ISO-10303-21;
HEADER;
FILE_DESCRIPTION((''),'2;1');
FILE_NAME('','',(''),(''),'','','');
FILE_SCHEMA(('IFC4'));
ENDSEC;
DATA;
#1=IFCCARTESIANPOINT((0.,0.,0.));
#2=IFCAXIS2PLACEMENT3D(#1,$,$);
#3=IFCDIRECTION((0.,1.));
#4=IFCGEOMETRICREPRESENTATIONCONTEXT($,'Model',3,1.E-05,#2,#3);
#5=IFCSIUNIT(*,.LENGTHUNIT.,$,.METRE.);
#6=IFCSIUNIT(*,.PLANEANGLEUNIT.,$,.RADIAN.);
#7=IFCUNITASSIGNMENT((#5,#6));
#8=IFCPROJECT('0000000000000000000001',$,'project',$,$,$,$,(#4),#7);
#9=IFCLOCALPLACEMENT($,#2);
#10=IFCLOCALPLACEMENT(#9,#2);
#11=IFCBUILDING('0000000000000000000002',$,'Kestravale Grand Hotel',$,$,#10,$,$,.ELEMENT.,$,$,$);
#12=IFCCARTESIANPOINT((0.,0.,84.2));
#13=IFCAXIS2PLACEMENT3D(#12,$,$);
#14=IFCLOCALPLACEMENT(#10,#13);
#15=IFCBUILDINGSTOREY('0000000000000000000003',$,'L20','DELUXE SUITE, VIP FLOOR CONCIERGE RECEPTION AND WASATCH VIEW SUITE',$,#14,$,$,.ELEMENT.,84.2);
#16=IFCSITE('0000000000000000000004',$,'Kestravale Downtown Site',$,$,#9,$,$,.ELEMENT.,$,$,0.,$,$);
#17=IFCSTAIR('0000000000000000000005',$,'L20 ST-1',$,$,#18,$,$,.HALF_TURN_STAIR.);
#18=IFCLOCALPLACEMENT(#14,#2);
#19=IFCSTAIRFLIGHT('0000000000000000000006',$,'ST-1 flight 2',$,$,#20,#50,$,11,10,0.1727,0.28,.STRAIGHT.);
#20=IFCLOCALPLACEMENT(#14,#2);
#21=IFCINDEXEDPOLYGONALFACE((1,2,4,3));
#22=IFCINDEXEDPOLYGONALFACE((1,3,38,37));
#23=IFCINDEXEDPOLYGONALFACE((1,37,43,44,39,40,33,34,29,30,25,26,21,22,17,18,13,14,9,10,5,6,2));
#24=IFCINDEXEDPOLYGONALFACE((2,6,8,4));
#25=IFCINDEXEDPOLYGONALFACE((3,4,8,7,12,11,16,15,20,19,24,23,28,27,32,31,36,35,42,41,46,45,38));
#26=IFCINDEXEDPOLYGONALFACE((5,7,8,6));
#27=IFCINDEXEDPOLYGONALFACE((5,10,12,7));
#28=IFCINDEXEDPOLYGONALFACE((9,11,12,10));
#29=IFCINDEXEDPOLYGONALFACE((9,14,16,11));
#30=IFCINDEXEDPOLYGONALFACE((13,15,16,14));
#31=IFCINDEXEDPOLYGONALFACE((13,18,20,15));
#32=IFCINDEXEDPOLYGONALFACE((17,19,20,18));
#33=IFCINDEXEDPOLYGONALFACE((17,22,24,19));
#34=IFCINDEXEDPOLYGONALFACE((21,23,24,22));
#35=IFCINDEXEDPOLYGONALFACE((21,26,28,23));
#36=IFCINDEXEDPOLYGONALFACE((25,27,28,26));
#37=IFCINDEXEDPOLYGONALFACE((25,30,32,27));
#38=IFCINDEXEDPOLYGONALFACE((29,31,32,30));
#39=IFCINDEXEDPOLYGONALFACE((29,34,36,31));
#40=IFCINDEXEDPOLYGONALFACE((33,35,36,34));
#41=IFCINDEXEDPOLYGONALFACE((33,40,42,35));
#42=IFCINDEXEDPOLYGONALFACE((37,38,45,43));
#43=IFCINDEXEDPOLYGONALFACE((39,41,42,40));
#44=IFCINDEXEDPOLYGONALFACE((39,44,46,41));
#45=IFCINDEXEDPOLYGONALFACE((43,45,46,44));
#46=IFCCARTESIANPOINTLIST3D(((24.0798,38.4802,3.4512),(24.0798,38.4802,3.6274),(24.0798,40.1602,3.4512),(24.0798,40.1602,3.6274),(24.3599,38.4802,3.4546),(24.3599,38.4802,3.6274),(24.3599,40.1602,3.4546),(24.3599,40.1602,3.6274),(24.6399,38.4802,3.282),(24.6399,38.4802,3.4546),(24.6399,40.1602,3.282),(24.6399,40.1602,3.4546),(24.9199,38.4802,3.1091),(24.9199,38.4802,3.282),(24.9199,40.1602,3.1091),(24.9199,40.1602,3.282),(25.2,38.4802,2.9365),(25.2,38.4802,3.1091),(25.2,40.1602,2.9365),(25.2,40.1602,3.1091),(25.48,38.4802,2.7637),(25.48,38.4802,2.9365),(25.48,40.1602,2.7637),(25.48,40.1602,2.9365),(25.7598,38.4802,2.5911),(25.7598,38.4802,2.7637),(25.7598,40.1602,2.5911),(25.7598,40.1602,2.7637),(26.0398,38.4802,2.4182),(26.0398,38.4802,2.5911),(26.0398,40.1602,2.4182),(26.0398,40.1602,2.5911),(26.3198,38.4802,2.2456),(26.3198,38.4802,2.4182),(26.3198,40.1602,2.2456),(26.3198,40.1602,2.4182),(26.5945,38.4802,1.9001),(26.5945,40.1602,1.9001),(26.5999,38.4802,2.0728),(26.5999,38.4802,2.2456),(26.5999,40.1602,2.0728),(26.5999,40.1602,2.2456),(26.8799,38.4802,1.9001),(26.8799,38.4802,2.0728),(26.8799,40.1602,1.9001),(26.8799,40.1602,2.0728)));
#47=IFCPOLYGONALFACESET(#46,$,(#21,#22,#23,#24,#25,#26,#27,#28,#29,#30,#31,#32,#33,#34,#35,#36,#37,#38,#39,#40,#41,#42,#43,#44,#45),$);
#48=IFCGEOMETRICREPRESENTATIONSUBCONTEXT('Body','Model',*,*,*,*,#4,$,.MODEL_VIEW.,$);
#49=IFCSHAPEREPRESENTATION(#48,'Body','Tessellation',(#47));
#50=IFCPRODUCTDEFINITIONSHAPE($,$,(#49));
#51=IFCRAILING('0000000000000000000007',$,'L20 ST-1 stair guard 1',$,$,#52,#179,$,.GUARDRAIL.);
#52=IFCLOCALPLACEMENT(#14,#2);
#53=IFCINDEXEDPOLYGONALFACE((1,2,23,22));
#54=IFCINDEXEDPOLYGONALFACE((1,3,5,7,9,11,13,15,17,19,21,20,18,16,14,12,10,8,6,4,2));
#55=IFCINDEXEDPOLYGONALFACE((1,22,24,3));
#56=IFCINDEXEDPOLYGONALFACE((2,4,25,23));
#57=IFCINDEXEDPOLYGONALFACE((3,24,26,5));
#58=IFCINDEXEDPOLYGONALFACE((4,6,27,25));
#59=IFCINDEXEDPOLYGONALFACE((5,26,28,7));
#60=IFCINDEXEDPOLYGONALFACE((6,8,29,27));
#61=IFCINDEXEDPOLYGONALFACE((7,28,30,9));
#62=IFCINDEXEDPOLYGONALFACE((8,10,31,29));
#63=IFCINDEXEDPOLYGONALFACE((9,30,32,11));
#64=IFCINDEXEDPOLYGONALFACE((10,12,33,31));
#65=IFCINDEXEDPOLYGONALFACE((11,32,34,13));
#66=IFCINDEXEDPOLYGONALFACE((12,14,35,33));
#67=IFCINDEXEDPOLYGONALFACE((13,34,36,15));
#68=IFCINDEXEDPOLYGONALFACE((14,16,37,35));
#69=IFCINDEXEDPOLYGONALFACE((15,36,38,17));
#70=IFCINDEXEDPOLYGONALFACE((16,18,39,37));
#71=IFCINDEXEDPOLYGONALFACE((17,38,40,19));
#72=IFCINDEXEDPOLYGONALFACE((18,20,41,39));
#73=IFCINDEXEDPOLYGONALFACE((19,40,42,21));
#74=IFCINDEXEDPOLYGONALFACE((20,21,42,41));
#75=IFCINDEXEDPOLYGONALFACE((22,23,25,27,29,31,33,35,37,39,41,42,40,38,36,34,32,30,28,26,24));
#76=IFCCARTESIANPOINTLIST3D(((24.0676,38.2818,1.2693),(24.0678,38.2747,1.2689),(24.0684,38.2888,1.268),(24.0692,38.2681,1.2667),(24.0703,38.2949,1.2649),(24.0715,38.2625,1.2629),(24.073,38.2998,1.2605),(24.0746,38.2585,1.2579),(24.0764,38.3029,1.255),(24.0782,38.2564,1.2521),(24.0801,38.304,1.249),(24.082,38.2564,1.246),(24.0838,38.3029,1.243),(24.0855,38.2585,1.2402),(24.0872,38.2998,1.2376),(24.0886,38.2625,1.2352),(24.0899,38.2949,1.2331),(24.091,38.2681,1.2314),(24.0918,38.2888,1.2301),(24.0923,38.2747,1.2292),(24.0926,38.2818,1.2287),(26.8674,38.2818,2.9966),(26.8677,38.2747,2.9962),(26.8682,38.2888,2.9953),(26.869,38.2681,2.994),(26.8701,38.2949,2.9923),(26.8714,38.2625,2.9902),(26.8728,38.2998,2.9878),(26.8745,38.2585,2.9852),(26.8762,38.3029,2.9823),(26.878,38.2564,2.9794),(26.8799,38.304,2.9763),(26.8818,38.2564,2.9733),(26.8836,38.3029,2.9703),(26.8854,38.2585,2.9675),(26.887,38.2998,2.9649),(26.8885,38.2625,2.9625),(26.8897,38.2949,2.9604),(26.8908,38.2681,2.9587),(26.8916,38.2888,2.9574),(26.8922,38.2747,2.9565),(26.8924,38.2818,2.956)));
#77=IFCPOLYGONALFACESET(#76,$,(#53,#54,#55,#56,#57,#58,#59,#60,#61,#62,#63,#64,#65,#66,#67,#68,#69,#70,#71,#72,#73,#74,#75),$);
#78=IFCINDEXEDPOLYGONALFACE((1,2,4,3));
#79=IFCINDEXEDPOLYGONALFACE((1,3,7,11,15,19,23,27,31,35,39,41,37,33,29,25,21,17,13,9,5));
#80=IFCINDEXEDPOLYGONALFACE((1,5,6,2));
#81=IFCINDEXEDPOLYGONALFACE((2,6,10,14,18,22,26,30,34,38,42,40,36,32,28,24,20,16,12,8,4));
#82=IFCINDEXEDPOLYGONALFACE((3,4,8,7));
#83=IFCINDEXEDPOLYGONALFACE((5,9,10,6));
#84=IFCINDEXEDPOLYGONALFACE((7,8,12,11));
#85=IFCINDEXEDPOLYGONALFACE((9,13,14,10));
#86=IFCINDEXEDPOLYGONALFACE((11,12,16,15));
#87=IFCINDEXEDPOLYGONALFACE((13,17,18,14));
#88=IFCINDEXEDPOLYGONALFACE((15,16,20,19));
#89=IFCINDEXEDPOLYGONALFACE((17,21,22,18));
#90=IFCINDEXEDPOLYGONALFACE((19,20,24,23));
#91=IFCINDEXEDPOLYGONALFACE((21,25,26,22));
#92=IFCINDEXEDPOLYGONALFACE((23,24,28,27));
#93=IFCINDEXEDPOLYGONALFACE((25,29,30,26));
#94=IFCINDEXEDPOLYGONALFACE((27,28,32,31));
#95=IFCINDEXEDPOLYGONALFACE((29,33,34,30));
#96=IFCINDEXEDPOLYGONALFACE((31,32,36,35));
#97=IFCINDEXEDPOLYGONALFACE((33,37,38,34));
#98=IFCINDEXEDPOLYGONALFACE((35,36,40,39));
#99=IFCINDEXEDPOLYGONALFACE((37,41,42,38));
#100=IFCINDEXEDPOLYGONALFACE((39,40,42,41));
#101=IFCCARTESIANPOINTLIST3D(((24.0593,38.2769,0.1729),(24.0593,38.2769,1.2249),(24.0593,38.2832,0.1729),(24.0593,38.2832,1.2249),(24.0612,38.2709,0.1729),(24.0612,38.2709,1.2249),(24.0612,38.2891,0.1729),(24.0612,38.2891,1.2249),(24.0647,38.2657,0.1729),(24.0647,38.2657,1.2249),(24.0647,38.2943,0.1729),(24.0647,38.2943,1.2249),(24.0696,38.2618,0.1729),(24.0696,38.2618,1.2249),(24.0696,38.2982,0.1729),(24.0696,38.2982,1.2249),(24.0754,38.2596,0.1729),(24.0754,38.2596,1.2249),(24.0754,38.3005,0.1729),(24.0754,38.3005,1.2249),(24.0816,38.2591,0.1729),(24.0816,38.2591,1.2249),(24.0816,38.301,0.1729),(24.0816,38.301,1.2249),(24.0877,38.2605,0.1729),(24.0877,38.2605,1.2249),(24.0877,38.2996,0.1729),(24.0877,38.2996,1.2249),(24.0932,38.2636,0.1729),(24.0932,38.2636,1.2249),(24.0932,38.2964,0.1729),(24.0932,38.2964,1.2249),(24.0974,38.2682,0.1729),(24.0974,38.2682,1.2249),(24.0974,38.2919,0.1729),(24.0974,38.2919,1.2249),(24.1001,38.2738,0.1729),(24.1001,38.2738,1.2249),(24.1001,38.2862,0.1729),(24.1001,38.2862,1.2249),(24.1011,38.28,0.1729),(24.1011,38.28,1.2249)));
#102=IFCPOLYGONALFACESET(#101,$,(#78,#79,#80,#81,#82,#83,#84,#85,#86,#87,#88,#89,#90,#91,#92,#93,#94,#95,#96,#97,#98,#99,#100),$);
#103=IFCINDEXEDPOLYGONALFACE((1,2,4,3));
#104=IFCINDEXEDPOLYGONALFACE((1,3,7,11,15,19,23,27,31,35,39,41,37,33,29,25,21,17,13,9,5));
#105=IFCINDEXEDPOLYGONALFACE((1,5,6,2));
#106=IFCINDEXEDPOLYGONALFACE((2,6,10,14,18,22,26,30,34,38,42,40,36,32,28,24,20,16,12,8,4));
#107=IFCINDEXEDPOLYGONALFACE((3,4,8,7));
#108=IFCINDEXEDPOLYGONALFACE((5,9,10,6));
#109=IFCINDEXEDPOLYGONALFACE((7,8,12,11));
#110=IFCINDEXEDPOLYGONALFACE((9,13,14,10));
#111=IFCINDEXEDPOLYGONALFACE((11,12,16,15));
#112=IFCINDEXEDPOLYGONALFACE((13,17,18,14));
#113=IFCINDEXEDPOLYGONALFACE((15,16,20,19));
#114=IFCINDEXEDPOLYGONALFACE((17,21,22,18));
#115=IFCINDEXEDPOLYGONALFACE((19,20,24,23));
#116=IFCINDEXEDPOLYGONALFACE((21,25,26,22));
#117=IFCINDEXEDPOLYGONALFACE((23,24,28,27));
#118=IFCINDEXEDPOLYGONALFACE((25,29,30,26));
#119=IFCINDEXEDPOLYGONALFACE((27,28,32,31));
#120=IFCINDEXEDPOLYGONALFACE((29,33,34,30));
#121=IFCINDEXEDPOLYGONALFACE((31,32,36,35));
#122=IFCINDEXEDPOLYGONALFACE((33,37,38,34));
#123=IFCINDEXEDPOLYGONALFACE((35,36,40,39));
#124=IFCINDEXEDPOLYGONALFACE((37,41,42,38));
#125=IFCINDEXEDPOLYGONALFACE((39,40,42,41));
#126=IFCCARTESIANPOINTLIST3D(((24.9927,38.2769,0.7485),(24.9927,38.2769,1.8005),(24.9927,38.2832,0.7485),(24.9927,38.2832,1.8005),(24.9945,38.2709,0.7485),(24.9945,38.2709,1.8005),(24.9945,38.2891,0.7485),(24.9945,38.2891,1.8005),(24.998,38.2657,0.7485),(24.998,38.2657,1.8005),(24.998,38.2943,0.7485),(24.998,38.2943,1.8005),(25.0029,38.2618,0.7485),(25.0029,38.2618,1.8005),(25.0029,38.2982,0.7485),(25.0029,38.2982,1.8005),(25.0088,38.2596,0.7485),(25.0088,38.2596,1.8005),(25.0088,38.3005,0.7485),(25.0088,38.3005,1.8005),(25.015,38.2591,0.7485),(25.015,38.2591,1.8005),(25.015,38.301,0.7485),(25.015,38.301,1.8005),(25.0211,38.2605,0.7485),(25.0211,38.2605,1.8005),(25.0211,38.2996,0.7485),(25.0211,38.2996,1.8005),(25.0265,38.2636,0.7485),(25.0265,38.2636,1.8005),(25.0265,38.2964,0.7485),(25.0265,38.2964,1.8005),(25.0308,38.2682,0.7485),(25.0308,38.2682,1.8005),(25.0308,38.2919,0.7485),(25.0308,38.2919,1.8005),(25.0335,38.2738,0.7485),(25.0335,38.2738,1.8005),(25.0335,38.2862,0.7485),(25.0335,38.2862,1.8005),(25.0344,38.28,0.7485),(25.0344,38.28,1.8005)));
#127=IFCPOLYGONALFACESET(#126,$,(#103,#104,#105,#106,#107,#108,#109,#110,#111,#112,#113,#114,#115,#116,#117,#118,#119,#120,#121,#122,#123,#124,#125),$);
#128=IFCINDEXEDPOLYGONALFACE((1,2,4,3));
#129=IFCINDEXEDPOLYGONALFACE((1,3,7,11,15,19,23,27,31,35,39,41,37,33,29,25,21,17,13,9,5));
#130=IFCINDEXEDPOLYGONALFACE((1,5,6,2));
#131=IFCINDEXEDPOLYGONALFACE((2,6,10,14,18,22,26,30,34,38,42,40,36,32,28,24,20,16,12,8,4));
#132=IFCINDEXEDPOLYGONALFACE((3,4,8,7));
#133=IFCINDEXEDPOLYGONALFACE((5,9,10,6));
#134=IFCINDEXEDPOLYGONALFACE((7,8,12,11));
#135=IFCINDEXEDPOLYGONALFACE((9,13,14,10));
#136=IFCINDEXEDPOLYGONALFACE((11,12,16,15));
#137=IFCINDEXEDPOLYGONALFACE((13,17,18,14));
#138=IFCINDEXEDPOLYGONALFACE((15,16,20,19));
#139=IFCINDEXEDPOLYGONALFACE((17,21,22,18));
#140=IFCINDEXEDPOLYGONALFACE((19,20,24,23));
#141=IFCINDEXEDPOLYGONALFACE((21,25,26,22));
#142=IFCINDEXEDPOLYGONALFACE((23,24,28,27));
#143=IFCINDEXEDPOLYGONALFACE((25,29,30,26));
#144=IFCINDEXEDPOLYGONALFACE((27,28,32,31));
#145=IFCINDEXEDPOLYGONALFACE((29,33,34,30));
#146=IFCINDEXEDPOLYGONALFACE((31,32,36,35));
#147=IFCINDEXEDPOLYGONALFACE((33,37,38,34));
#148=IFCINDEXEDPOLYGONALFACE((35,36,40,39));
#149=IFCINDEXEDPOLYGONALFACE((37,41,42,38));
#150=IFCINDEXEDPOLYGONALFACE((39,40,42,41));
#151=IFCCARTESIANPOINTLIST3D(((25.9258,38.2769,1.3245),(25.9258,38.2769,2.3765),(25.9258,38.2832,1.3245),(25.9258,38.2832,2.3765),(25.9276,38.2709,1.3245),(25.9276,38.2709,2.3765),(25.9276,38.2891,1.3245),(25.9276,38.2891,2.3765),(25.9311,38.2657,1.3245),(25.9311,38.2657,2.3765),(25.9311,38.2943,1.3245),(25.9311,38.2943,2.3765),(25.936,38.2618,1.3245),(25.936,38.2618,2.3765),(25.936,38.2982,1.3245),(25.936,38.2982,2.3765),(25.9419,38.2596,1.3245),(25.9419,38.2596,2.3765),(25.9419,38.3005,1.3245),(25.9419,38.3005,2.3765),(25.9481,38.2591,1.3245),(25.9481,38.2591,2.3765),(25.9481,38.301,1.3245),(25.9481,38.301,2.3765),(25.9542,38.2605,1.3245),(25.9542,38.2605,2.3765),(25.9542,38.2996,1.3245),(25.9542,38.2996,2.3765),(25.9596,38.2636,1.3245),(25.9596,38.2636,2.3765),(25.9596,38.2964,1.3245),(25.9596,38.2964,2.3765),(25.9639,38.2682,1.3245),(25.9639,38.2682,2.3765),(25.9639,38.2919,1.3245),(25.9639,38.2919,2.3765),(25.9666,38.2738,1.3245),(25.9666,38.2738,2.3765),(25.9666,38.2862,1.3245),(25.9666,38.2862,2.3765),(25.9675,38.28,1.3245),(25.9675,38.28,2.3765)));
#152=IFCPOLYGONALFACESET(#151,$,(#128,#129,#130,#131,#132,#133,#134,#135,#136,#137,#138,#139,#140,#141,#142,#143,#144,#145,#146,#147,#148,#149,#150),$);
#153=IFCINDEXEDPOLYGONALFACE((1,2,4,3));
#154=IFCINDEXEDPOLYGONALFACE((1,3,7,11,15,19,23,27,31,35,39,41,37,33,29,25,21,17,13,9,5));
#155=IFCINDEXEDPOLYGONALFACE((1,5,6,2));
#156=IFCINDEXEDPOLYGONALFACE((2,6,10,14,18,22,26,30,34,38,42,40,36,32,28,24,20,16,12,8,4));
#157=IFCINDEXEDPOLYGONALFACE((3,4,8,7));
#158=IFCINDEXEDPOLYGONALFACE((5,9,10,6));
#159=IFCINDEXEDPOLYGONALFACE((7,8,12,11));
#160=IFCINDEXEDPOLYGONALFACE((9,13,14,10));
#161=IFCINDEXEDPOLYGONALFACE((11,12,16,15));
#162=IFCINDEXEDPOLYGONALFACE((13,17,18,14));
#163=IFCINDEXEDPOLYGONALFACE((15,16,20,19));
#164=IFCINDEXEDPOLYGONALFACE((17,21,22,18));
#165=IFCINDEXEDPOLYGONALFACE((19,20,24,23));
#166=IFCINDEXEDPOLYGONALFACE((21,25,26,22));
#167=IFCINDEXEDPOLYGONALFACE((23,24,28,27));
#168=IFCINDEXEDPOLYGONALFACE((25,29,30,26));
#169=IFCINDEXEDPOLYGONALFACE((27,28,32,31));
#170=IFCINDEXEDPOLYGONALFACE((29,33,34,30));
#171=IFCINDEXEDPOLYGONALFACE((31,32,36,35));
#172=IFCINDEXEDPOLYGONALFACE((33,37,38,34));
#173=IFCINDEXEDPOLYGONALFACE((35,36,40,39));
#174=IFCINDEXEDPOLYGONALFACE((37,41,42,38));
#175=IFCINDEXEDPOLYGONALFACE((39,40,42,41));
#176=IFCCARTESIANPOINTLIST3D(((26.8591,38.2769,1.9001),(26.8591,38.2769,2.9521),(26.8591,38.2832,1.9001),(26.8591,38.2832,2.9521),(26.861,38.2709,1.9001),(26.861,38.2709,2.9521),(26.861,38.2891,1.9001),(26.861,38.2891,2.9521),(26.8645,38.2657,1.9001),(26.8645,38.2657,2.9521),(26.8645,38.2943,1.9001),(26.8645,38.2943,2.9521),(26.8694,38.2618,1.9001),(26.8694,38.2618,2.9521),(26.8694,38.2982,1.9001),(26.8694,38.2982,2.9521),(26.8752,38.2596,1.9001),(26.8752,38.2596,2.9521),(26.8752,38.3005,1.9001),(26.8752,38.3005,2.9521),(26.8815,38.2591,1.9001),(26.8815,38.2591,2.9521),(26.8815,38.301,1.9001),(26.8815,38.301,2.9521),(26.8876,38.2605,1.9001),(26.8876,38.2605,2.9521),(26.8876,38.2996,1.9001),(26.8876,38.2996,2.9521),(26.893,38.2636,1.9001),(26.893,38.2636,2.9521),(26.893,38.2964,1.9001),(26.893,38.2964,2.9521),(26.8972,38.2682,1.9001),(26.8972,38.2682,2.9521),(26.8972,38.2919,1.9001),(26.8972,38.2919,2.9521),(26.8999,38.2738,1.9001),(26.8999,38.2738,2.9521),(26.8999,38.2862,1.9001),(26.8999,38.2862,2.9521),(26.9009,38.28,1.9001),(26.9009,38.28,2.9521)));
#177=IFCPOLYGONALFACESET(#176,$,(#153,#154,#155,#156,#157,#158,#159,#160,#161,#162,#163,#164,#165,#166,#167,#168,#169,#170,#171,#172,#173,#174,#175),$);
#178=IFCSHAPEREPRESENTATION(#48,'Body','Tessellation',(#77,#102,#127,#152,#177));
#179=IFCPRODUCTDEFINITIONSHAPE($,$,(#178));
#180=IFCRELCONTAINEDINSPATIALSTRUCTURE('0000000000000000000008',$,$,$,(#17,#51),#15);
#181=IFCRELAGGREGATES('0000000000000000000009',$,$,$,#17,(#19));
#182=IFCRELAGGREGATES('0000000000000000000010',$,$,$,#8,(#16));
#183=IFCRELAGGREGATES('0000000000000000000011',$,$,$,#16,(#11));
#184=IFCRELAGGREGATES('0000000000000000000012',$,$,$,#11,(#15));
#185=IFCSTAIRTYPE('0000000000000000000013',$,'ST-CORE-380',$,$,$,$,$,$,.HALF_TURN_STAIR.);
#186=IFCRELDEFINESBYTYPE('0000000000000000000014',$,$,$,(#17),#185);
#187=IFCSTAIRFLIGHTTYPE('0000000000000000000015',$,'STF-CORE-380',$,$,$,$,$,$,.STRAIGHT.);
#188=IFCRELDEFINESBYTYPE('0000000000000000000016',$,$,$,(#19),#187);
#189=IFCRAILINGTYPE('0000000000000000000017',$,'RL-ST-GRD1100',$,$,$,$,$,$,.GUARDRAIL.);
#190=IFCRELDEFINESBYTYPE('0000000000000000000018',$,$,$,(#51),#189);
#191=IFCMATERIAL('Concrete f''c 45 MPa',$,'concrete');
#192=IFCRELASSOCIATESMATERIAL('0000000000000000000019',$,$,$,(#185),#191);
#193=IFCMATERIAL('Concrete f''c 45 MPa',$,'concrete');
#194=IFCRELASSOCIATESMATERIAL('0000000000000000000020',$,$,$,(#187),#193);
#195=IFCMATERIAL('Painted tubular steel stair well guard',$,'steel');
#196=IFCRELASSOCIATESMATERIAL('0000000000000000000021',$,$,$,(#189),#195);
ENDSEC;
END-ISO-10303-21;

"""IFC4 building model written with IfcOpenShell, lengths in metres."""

from ifc_helpers import new_model, si_unit, direction, frame, origin, origin_2d, place, context, subcontext, project, spatial, polyline, circle, outline, extrude, material, type_object, element, aggregate, save


model = new_model("IFC4")

# Units and contexts
model_context = context("Model", 3, precision=1e-05, world=origin(), true_north=direction((0.0, 1.0)))
body_context = subcontext(model_context, "Body", "Model", "MODEL_VIEW")
ifc_project = project(units=[si_unit("LENGTHUNIT", "METRE"), si_unit("PLANEANGLEUNIT", "RADIAN")], contexts=[model_context])

# Site, building, storey
site_placement = place(None, origin())
site = spatial("IfcSite", under=ifc_project, at=site_placement, Name="Kestravale Downtown Site", CompositionType="ELEMENT", RefElevation=0.0)
building_placement = place(site_placement, origin())
building = spatial("IfcBuilding", under=site, at=building_placement, Name="Kestravale Grand Hotel", CompositionType="ELEMENT")
storey_placement = place(building_placement, frame((0.0, 0.0, 84.2)))
storey = spatial("IfcBuildingStorey", under=building, at=storey_placement, Name="L20", Description="DELUXE SUITE, VIP FLOOR CONCIERGE RECEPTION AND WASATCH VIEW SUITE", CompositionType="ELEMENT", Elevation=84.2)

# Stair, stair flight
ifc_material_1 = material(Name="Concrete f'c 45 MPa", Category="concrete")
stair_type = type_object("IfcStairType", Name="ST-CORE-380", PredefinedType="HALF_TURN_STAIR", material=ifc_material_1)
stair_placement = place(storey_placement, origin())
stair = element("IfcStair", 1, at=stair_placement, inside=storey, type_object=stair_type, Name="L20 ST-1", PredefinedType="HALF_TURN_STAIR")
ifc_material_2 = material(Name="Concrete f'c 45 MPa", Category="concrete")
stair_flight_type = type_object("IfcStairFlightType", Name="STF-CORE-380", PredefinedType="STRAIGHT", material=ifc_material_2)
stair_flight_1_placement = place(storey_placement, frame((26.8799, 39.3201, 1.9001), z_axis=(0.0, 0.0, 1.0), x_axis=(-1.0, 0.0, 0.0)))
stair_flight_1 = element("IfcStairFlight", 2, at=stair_flight_1_placement, type_object=stair_flight_type, Name="ST-1 flight 2", NumberOfRisers=11, NumberOfTreads=10, PredefinedType="STRAIGHT", RiserHeight=0.1727, TreadLength=0.28, context=body_context, shape_type="SweptSolid", body=[
    extrude(outline(polyline([(0.0, 0.0), (0.0, 0.1726), (0.28, 0.1726), (0.28, 0.3455), (0.5601, 0.3455), (0.5601, 0.5181), (0.8401, 0.5181), (0.8401, 0.6909), (1.1201, 0.6909), (1.1201, 0.8635), (1.3999, 0.8635), (1.3999, 1.0364), (1.6799, 1.0364), (1.6799, 1.209), (1.96, 1.209), (1.96, 1.3818), (2.24, 1.3818), (2.24, 1.5544), (2.52, 1.5544), (2.52, 1.7273), (2.8, 1.7273), (2.8, 1.8999), (2.8, 1.551), (0.2854, 0.0), (0.0, 0.0)])), frame((0.0, 0.8398, 0.0), z_axis=(0.0, -1.0, 0.0), x_axis=(1.0, 0.0, 0.0)), (0.0, 0.0, 1.0), 1.6799),
])
aggregate(stair, [stair_flight_1])

# Railing
ifc_material_3 = material(Name="Painted tubular steel stair well guard", Category="steel")
railing_type_1 = type_object("IfcRailingType", Name="RL-ST-GRD1100", PredefinedType="GUARDRAIL", material=ifc_material_3)
railing_1_placement = place(storey_placement, frame((24.0801, 38.28, 0.1729)))
element("IfcRailing", 3, at=railing_1_placement, inside=storey, type_object=railing_type_1, Name="L20 ST-1 stair guard 1", PredefinedType="GUARDRAIL", context=body_context, shape_type="SweptSolid", body=[
    extrude(circle(Radius=0.0239, at=origin_2d()), frame((0.0, 0.0, 1.0762), z_axis=(0.851069, 0.0, 0.525054), x_axis=(0.0, 1.0, 0.0)), (0.0, 0.0, 1.0), 3.2898),
    extrude(circle(Radius=0.021, at=origin_2d()), origin(), (0.0, 0.0, 1.0), 1.052),
    extrude(circle(Radius=0.021, at=origin_2d()), frame((0.9333, 0.0, 0.5757)), (0.0, 0.0, 1.0), 1.052),
    extrude(circle(Radius=0.021, at=origin_2d()), frame((1.8665, 0.0, 1.1516)), (0.0, 0.0, 1.0), 1.052),
    extrude(circle(Radius=0.021, at=origin_2d()), frame((2.7998, 0.0, 1.7273)), (0.0, 0.0, 1.0), 1.052),
])

save(model, "model.ifc")
